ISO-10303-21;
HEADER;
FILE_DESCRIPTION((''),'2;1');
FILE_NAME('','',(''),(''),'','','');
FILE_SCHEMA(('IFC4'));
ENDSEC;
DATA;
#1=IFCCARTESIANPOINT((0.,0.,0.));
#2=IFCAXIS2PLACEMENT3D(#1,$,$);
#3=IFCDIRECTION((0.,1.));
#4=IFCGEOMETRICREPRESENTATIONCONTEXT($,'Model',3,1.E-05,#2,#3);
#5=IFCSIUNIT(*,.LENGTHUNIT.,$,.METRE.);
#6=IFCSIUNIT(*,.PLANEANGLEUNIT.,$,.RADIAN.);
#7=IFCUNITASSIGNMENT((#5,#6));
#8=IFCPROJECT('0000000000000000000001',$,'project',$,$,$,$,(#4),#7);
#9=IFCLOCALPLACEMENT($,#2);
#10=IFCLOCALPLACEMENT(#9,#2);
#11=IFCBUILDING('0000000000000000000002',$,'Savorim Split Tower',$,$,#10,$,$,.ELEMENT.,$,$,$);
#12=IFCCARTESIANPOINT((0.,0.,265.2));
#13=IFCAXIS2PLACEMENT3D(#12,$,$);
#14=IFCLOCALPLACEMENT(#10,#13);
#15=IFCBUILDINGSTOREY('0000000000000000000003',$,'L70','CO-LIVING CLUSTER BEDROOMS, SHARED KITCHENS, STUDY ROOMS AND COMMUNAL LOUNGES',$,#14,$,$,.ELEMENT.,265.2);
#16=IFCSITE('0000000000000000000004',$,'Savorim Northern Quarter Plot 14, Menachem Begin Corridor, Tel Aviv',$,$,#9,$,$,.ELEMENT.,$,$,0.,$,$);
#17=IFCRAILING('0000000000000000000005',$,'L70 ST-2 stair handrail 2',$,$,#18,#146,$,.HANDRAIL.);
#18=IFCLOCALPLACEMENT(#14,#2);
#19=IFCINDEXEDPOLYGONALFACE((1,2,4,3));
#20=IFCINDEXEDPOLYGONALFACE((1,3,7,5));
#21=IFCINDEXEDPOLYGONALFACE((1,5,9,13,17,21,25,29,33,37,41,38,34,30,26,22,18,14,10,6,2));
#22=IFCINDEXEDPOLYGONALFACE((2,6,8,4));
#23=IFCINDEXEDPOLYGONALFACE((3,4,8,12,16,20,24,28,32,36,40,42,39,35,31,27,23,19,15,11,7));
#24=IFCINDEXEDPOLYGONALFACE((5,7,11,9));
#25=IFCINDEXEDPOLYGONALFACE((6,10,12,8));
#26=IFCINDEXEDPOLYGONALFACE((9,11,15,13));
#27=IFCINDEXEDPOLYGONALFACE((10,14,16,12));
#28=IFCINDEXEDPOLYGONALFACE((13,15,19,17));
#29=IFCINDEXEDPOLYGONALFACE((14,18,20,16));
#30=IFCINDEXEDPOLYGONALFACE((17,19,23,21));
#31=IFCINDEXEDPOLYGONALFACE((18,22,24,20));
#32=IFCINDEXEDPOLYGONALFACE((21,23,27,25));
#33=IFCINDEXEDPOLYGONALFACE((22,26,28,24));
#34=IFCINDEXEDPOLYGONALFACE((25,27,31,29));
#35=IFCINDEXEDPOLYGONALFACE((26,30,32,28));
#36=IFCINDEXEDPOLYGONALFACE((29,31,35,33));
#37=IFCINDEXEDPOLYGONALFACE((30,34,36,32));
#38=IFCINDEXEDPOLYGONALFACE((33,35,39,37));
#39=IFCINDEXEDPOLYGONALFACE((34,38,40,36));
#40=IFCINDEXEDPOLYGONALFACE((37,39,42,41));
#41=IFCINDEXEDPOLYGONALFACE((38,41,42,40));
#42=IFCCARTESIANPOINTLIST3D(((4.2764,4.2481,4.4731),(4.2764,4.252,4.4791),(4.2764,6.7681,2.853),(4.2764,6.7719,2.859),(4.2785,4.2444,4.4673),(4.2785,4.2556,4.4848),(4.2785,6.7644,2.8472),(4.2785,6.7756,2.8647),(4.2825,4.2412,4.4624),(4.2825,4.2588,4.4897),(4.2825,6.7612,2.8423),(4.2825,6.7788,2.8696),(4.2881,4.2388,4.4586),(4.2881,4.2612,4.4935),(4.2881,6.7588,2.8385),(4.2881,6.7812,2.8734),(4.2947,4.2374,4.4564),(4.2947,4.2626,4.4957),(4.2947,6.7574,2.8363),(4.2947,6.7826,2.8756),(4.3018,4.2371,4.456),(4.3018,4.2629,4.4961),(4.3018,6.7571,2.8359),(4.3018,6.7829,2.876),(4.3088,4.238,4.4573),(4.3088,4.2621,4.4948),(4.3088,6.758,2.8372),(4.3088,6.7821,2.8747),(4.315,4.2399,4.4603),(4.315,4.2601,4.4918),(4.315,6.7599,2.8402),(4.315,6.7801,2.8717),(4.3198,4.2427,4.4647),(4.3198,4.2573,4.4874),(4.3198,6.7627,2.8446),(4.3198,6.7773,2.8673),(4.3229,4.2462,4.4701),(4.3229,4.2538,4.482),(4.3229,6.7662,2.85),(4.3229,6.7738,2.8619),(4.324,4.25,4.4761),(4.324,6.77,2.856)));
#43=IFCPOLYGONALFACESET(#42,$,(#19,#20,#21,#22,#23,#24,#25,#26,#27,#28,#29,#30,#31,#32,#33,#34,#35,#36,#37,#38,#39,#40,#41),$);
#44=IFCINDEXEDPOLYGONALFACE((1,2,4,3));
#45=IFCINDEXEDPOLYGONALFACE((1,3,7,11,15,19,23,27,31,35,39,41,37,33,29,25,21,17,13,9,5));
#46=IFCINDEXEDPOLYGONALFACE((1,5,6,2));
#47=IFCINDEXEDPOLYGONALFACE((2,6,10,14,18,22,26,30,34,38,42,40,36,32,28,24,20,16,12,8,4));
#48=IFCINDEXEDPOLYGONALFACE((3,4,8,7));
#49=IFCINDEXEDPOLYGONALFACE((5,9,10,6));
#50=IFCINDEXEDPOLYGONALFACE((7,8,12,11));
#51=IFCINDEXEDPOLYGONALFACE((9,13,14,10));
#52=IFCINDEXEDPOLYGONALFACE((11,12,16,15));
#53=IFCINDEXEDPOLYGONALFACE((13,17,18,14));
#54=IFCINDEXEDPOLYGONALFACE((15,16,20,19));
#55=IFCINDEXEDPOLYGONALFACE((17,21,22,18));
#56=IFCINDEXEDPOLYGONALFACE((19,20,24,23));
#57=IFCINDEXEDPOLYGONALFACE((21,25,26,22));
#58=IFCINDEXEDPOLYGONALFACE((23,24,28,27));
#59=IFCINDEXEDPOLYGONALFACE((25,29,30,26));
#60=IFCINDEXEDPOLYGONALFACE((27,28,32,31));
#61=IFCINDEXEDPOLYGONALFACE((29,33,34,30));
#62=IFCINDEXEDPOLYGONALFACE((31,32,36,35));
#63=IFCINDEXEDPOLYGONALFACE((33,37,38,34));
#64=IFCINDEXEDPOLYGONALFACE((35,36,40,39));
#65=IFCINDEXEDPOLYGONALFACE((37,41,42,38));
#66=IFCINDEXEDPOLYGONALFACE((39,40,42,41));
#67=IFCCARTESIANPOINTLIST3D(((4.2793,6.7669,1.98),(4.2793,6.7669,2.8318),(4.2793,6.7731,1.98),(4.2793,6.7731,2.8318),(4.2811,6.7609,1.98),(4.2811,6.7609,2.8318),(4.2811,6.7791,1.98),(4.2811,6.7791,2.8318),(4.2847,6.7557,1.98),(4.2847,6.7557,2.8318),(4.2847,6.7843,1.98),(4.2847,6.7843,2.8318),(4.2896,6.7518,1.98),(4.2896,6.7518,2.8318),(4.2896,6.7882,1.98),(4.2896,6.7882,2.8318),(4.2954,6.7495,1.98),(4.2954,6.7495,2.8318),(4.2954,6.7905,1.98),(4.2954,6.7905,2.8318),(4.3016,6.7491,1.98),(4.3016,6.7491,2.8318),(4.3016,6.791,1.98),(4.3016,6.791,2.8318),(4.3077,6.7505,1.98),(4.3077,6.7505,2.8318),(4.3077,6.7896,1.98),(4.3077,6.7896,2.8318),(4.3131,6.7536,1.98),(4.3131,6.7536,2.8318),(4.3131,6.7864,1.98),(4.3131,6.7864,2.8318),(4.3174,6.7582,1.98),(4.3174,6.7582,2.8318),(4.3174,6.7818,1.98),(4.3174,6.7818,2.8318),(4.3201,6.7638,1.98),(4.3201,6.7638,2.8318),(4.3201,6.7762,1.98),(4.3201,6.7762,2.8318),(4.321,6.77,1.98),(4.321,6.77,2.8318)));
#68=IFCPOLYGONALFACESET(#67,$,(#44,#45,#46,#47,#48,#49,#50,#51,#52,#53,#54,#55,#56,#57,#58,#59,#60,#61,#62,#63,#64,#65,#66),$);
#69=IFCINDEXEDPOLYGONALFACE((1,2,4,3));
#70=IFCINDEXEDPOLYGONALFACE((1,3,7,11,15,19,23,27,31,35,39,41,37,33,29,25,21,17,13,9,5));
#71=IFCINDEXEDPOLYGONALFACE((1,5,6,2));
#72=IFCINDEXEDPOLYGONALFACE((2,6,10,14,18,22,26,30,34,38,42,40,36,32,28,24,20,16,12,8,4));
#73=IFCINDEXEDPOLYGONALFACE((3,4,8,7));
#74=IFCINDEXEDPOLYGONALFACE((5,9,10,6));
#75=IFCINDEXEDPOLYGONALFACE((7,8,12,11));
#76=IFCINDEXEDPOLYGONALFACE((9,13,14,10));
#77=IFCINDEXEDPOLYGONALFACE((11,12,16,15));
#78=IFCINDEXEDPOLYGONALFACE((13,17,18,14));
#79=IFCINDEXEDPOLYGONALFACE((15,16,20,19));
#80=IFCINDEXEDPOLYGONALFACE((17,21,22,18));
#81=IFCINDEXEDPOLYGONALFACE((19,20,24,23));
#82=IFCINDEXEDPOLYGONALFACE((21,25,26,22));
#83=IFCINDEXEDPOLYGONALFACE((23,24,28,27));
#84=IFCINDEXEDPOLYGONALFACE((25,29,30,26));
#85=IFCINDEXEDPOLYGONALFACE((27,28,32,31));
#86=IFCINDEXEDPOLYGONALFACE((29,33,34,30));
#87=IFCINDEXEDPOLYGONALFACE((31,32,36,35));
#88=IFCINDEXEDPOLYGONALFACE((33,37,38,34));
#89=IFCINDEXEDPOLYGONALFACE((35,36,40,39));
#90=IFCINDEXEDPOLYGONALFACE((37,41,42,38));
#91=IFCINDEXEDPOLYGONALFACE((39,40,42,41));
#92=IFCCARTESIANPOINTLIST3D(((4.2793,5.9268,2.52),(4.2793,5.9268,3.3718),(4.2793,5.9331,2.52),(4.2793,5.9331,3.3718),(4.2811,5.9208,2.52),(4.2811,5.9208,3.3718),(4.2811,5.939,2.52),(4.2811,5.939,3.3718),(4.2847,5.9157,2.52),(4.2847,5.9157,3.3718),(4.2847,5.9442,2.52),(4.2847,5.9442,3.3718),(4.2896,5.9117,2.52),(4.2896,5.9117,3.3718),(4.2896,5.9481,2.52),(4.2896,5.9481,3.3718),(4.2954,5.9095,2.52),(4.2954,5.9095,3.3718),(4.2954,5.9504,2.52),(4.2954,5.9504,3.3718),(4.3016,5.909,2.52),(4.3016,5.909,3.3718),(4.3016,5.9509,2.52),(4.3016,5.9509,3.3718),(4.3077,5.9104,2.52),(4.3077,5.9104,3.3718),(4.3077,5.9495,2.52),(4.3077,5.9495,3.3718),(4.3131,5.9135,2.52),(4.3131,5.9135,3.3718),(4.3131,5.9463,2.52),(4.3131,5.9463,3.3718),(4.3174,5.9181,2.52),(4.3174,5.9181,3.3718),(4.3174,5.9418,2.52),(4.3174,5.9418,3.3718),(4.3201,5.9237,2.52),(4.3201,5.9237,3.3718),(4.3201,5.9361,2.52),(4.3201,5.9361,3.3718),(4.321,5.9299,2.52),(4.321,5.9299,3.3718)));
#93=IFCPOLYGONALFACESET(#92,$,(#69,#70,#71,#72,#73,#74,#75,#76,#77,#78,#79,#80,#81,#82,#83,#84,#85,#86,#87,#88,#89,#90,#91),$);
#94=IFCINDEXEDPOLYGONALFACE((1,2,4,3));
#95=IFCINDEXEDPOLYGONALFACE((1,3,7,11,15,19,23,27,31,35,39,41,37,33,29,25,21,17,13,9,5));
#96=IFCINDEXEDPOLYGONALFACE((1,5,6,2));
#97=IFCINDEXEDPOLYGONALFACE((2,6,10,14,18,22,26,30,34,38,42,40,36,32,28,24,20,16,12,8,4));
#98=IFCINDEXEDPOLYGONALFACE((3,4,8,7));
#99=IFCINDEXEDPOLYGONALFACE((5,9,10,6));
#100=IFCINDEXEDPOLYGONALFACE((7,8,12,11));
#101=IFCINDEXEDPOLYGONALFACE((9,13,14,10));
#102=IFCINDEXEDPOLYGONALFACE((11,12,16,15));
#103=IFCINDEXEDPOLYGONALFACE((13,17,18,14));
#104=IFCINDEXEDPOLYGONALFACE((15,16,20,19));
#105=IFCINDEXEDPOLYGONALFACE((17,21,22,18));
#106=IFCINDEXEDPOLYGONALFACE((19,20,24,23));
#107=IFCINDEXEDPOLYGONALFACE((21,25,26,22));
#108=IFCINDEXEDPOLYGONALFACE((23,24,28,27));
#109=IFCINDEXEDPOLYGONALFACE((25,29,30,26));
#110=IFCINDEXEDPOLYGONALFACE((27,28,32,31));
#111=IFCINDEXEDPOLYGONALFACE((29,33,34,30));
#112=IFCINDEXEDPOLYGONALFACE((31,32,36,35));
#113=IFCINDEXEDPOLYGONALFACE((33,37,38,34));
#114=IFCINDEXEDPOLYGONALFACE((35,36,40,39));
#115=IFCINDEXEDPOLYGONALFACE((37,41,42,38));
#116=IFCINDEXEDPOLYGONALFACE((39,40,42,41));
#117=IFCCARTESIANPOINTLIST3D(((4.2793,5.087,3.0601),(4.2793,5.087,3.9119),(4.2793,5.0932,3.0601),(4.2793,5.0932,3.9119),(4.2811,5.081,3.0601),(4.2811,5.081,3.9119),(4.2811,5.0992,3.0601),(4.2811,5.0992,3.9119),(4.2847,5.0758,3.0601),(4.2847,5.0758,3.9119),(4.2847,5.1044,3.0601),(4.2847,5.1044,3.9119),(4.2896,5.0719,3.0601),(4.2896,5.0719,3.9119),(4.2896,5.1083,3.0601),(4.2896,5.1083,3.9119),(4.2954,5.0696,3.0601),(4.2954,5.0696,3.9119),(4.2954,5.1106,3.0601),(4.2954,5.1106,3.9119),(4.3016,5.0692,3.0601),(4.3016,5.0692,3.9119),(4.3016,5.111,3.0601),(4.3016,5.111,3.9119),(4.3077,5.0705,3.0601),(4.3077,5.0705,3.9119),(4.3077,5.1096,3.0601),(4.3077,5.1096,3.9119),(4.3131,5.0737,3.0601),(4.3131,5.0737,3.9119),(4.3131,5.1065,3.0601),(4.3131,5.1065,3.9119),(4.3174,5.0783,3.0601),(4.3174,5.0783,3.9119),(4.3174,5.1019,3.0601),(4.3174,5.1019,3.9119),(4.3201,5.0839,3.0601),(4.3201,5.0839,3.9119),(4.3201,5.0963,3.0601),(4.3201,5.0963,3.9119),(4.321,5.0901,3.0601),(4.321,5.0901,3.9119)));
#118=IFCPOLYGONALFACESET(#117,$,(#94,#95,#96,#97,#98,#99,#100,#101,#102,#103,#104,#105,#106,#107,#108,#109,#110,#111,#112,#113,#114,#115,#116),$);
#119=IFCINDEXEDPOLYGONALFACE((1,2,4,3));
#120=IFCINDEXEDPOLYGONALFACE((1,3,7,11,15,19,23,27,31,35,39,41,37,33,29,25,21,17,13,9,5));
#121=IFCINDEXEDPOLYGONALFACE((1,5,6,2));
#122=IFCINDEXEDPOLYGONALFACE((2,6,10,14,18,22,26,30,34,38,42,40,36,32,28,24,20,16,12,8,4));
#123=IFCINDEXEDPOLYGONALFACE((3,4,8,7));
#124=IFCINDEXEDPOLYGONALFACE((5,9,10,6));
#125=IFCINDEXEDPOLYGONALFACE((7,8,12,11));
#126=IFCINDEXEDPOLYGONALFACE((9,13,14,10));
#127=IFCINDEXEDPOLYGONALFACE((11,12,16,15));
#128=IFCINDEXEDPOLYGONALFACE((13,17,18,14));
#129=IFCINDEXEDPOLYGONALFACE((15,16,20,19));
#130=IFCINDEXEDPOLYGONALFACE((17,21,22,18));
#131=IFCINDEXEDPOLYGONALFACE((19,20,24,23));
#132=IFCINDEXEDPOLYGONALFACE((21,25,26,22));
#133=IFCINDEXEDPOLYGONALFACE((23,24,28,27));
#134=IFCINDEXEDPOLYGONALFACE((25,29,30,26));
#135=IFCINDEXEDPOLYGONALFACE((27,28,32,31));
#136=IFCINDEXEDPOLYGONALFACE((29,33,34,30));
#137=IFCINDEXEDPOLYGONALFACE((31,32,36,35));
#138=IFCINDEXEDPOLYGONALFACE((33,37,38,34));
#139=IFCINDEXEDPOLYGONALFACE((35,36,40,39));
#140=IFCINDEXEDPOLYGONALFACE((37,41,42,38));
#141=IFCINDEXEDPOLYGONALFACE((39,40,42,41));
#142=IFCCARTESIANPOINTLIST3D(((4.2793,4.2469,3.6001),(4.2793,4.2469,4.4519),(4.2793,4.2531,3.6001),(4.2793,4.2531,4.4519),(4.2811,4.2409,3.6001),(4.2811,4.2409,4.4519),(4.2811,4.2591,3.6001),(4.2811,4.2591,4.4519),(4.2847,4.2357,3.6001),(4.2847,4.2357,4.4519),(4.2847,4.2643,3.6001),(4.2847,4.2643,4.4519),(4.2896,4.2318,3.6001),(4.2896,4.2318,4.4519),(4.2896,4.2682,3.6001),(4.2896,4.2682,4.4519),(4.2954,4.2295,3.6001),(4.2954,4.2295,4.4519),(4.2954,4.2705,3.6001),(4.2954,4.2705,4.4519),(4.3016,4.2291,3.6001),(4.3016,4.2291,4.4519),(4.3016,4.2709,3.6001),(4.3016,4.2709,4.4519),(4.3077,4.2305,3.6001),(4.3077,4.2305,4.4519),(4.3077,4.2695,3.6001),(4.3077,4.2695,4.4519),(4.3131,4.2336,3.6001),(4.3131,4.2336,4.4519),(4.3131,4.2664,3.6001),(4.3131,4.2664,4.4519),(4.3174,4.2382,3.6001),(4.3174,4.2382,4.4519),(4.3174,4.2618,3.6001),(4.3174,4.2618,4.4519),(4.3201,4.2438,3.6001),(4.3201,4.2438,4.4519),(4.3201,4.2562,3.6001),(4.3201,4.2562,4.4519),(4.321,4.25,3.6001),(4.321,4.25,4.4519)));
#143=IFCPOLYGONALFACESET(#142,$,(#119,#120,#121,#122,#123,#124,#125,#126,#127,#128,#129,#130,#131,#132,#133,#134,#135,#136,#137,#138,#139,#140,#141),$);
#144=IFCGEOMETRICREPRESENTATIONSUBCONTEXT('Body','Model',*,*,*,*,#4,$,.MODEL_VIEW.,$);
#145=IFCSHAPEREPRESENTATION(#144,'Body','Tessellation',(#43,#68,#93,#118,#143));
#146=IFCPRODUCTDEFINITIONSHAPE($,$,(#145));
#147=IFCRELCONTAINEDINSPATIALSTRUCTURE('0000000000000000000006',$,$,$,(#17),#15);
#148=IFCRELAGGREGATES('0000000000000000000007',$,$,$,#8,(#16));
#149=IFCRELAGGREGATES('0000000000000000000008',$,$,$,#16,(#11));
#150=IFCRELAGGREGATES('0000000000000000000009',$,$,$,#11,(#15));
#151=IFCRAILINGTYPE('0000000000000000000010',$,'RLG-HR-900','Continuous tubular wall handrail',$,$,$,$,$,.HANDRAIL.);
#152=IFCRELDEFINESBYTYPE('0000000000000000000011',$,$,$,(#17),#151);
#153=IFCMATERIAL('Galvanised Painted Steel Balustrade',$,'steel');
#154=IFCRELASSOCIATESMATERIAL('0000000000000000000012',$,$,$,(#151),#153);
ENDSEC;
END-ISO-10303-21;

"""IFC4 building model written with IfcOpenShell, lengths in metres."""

from ifc_helpers import new_model, si_unit, direction, frame, origin, origin_2d, place, context, subcontext, project, spatial, circle, extrude, material, type_object, element, save


model = new_model("IFC4")

# Units and contexts
model_context = context("Model", 3, precision=1e-05, world=origin(), true_north=direction((0.0, 1.0)))
body_context = subcontext(model_context, "Body", "Model", "MODEL_VIEW")
ifc_project = project(units=[si_unit("LENGTHUNIT", "METRE"), si_unit("PLANEANGLEUNIT", "RADIAN")], contexts=[model_context])

# Site, building, storey
site_placement = place(None, origin())
site = spatial("IfcSite", under=ifc_project, at=site_placement, Name="Savorim Northern Quarter Plot 14, Menachem Begin Corridor, Tel Aviv", CompositionType="ELEMENT", RefElevation=0.0)
building_placement = place(site_placement, origin())
building = spatial("IfcBuilding", under=site, at=building_placement, Name="Savorim Split Tower", CompositionType="ELEMENT")
storey_placement = place(building_placement, frame((0.0, 0.0, 265.2)))
storey = spatial("IfcBuildingStorey", under=building, at=storey_placement, Name="L70", Description="CO-LIVING CLUSTER BEDROOMS, SHARED KITCHENS, STUDY ROOMS AND COMMUNAL LOUNGES", CompositionType="ELEMENT", Elevation=265.2)

# Railing
ifc_material_1 = material(Name="Galvanised Painted Steel Balustrade", Category="steel")
railing_type_1 = type_object("IfcRailingType", Name="RLG-HR-900", Description="Continuous tubular wall handrail", PredefinedType="HANDRAIL", material=ifc_material_1)
railing_1_placement = place(storey_placement, frame((4.3, 6.77, 1.98)))
element("IfcRailing", 1, at=railing_1_placement, inside=storey, type_object=railing_type_1, Name="L70 ST-2 stair handrail 2", PredefinedType="HANDRAIL", context=body_context, shape_type="SweptSolid", body=[
    extrude(circle(Radius=0.0239, at=origin_2d()), frame((0.0, 0.0, 0.876), z_axis=(0.0, -0.841163, 0.540782), x_axis=(1.0, 0.0, 0.0)), (0.0, 0.0, 1.0), 2.9958),
    extrude(circle(Radius=0.021, at=origin_2d()), origin(), (0.0, 0.0, 1.0), 0.8518),
    extrude(circle(Radius=0.021, at=origin_2d()), frame((0.0, -0.8401, 0.54)), (0.0, 0.0, 1.0), 0.8518),
    extrude(circle(Radius=0.021, at=origin_2d()), frame((0.0, -1.6799, 1.0801)), (0.0, 0.0, 1.0), 0.8518),
    extrude(circle(Radius=0.021, at=origin_2d()), frame((0.0, -2.52, 1.6201)), (0.0, 0.0, 1.0), 0.8518),
])

save(model, "model.ifc")
